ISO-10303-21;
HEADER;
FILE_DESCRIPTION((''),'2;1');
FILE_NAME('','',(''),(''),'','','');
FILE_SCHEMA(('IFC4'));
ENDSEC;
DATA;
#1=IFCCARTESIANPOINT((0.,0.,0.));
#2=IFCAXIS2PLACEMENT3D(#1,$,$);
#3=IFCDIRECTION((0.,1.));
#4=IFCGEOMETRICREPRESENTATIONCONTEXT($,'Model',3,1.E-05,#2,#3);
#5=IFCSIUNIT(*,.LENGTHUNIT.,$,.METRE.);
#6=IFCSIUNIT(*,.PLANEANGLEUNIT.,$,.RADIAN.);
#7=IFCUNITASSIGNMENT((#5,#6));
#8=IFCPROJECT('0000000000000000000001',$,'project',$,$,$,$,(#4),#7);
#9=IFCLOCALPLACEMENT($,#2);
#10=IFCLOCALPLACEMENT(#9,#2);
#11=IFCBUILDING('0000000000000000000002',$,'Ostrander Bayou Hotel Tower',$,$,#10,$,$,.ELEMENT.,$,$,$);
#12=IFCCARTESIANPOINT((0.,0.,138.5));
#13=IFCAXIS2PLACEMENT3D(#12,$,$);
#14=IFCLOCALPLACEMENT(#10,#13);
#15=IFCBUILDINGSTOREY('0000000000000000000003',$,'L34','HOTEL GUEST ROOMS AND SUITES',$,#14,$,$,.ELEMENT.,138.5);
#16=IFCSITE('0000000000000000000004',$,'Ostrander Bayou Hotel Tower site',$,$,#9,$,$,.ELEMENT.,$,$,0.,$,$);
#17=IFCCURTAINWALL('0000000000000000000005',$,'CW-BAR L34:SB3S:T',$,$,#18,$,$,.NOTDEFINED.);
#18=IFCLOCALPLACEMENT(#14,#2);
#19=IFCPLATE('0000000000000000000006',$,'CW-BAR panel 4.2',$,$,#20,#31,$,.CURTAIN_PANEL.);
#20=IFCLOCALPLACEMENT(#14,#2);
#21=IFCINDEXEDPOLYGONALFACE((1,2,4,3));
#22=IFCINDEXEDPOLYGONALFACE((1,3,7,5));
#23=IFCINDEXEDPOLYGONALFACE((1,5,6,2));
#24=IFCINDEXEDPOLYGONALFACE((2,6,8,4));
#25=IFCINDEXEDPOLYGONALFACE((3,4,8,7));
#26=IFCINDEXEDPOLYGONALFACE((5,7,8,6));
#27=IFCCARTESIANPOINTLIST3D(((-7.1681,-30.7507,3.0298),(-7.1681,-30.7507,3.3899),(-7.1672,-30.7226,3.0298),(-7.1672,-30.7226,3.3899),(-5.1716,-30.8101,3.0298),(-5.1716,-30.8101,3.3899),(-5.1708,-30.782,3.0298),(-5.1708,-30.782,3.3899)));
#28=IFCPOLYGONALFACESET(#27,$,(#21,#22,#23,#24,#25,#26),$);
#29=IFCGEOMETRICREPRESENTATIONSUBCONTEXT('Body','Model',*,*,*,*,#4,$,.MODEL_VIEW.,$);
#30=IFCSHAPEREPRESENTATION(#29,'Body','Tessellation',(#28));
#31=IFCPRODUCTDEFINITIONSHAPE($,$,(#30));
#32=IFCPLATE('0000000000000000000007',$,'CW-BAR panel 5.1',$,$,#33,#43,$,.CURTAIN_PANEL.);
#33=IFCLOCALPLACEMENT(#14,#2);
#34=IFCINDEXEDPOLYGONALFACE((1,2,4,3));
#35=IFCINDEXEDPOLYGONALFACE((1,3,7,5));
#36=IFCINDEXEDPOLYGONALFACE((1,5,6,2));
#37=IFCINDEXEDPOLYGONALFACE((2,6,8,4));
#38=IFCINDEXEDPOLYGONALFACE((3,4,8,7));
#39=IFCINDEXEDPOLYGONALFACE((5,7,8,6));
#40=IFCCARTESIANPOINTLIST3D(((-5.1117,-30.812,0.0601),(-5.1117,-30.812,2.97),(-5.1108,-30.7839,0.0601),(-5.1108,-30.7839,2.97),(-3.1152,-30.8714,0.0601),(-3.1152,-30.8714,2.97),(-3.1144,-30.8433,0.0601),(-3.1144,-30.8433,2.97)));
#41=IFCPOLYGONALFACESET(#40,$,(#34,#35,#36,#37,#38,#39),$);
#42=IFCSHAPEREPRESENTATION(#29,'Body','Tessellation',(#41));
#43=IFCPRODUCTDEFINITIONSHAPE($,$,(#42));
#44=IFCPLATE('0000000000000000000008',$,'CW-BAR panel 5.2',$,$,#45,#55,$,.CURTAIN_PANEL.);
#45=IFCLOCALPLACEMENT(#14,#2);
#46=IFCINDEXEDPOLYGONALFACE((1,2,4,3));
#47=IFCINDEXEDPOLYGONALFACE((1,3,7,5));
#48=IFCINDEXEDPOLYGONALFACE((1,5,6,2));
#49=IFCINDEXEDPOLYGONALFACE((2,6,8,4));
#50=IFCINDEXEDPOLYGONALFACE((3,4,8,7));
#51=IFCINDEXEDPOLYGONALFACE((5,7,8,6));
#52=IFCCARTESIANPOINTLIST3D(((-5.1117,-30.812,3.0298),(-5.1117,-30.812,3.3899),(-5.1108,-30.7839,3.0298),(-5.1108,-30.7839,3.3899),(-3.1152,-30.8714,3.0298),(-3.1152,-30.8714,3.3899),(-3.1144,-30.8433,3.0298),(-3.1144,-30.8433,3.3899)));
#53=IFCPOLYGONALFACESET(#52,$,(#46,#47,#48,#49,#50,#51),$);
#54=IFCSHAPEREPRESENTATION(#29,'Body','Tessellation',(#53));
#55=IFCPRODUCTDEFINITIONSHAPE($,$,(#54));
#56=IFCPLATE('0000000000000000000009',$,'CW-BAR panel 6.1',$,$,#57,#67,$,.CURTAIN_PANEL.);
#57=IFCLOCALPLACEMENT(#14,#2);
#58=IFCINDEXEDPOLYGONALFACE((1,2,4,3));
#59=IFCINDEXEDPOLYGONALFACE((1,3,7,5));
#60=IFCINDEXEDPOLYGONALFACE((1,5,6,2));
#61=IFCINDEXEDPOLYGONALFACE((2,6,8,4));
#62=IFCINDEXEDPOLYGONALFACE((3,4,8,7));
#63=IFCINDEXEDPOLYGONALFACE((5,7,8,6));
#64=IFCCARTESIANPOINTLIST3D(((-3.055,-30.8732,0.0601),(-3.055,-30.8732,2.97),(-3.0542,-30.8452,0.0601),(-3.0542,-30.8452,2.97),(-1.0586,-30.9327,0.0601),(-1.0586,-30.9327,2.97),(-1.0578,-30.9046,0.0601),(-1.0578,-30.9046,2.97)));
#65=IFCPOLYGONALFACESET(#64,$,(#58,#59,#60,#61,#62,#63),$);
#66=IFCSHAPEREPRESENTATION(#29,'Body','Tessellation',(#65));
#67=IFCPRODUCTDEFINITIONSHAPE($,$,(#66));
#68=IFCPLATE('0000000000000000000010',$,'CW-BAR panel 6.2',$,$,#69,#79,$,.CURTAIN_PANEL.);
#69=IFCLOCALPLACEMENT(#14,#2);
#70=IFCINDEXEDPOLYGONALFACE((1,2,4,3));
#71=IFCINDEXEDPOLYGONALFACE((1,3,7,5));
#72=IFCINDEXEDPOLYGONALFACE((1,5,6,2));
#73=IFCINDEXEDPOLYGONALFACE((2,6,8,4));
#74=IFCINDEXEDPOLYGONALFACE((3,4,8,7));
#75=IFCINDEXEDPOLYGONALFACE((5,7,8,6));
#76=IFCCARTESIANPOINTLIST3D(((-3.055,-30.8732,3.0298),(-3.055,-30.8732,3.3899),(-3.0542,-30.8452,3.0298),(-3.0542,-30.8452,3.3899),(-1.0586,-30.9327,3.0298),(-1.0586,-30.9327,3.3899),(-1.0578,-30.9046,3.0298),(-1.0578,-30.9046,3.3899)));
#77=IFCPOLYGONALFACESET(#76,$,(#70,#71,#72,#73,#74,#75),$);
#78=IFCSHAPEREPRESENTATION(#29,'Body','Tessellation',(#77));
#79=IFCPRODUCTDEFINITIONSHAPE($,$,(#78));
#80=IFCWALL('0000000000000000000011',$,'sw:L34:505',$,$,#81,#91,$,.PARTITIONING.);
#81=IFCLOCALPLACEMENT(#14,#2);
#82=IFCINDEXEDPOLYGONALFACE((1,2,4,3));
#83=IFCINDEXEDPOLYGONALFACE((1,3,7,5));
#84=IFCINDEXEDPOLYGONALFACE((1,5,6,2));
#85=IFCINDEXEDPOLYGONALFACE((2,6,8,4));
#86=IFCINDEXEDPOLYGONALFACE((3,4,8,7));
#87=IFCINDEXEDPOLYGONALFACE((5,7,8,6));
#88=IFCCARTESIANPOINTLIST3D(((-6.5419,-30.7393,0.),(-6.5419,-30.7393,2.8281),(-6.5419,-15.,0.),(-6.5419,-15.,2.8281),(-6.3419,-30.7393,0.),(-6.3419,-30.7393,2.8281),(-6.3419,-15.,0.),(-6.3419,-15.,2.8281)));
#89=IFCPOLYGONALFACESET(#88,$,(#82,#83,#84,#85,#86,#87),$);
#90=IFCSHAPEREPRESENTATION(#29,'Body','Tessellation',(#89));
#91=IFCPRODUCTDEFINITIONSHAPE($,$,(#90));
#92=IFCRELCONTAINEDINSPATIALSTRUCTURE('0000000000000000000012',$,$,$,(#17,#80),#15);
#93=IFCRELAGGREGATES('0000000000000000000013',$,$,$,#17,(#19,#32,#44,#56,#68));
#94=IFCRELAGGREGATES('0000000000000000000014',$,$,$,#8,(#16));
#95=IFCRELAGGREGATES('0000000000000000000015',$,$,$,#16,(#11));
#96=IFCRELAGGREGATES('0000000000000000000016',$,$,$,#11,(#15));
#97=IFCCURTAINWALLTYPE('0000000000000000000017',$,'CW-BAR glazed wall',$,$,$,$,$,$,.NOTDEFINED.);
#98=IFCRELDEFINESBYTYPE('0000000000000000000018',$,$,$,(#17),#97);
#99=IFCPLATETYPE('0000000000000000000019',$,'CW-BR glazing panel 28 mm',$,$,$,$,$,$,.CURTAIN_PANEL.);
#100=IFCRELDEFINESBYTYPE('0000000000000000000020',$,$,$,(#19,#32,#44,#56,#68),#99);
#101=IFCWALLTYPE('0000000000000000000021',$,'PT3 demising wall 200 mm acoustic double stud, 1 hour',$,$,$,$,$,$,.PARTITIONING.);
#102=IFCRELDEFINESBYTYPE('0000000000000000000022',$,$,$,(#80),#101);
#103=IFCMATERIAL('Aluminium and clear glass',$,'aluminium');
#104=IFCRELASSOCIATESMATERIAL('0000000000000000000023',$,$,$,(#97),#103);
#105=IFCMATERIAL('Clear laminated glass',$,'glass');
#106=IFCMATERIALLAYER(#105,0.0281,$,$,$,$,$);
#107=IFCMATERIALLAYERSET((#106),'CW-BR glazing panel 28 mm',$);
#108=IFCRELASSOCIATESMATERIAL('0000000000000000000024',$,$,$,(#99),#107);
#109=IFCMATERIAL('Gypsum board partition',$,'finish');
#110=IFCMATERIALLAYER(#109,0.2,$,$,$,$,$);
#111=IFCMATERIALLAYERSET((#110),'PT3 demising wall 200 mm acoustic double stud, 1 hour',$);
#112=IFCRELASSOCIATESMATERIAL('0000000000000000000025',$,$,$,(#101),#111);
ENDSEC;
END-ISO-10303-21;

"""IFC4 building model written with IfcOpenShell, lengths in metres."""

from ifc_helpers import new_model, si_unit, direction, frame, frame_2d, origin, origin_2d, place, context, subcontext, project, spatial, rectangle, extrude, material, layer, layer_set, type_object, element, aggregate, save


model = new_model("IFC4")

# Units and contexts
model_context = context("Model", 3, precision=1e-05, world=origin(), true_north=direction((0.0, 1.0)))
body_context = subcontext(model_context, "Body", "Model", "MODEL_VIEW")
ifc_project = project(units=[si_unit("LENGTHUNIT", "METRE"), si_unit("PLANEANGLEUNIT", "RADIAN")], contexts=[model_context])

# Site, building, storey
site_placement = place(None, origin())
site = spatial("IfcSite", under=ifc_project, at=site_placement, Name="Ostrander Bayou Hotel Tower site", CompositionType="ELEMENT", RefElevation=0.0)
building_placement = place(site_placement, origin())
building = spatial("IfcBuilding", under=site, at=building_placement, Name="Ostrander Bayou Hotel Tower", CompositionType="ELEMENT")
storey_placement = place(building_placement, frame((0.0, 0.0, 138.5)))
storey = spatial("IfcBuildingStorey", under=building, at=storey_placement, Name="L34", Description="HOTEL GUEST ROOMS AND SUITES", CompositionType="ELEMENT", Elevation=138.5)

# Curtain wall
ifc_material_1 = material(Name="Aluminium and clear glass", Category="aluminium")
curtain_wall_type = type_object("IfcCurtainWallType", Name="CW-BAR glazed wall", PredefinedType="NOTDEFINED", material=ifc_material_1)
curtain_wall_placement = place(storey_placement, origin())
curtain_wall = element("IfcCurtainWall", 1, at=curtain_wall_placement, inside=storey, type_object=curtain_wall_type, Name="CW-BAR L34:SB3S:T", PredefinedType="NOTDEFINED")

# Plates
ifc_material_2 = material(Name="Clear laminated glass", Category="glass")
ifc_layer_1 = layer(ifc_material_2, 0.0281)
ifc_layer_set_1 = layer_set([ifc_layer_1], Name="CW-BR glazing panel 28 mm")
plate_type = type_object("IfcPlateType", Name="CW-BR glazing panel 28 mm", PredefinedType="CURTAIN_PANEL", material=ifc_layer_set_1)
plate_1_placement = place(storey_placement, frame((-6.1694, -30.7664, 3.0298), z_axis=(0.0, 0.0, 1.0), x_axis=(0.999557, -0.029746, 0.0)))
plate_1 = element("IfcPlate", 2, at=plate_1_placement, type_object=plate_type, Name="CW-BAR panel 4.2", PredefinedType="CURTAIN_PANEL", context=body_context, shape_type="SweptSolid", body=[
    extrude(rectangle(XDim=1.9973, YDim=0.0281, at=origin_2d()), origin(), (0.0, 0.0, 1.0), 0.3601),
])
plate_2_placement = place(storey_placement, frame((-4.113, -30.8276, 0.0601), z_axis=(0.0, 0.0, 1.0), x_axis=(0.999557, -0.029746, 0.0)))
plate_2 = element("IfcPlate", 3, at=plate_2_placement, type_object=plate_type, Name="CW-BAR panel 5.1", PredefinedType="CURTAIN_PANEL", context=body_context, shape_type="SweptSolid", body=[
    extrude(rectangle(XDim=1.9973, YDim=0.0281, at=origin_2d()), origin(), (0.0, 0.0, 1.0), 2.9099),
])
plate_3_placement = place(storey_placement, frame((-4.113, -30.8276, 3.0298), z_axis=(0.0, 0.0, 1.0), x_axis=(0.999557, -0.029746, 0.0)))
plate_3 = element("IfcPlate", 4, at=plate_3_placement, type_object=plate_type, Name="CW-BAR panel 5.2", PredefinedType="CURTAIN_PANEL", context=body_context, shape_type="SweptSolid", body=[
    extrude(rectangle(XDim=1.9973, YDim=0.0281, at=origin_2d()), origin(), (0.0, 0.0, 1.0), 0.3601),
])
plate_4_placement = place(storey_placement, frame((-2.0564, -30.8889, 0.0601), z_axis=(0.0, 0.0, 1.0), x_axis=(0.999557, -0.029746, 0.0)))
plate_4 = element("IfcPlate", 5, at=plate_4_placement, type_object=plate_type, Name="CW-BAR panel 6.1", PredefinedType="CURTAIN_PANEL", context=body_context, shape_type="SweptSolid", body=[
    extrude(rectangle(XDim=1.9973, YDim=0.0281, at=origin_2d()), origin(), (0.0, 0.0, 1.0), 2.9099),
])
plate_5_placement = place(storey_placement, frame((-2.0564, -30.8889, 3.0298), z_axis=(0.0, 0.0, 1.0), x_axis=(0.999557, -0.029746, 0.0)))
plate_5 = element("IfcPlate", 6, at=plate_5_placement, type_object=plate_type, Name="CW-BAR panel 6.2", PredefinedType="CURTAIN_PANEL", context=body_context, shape_type="SweptSolid", body=[
    extrude(rectangle(XDim=1.9973, YDim=0.0281, at=origin_2d()), origin(), (0.0, 0.0, 1.0), 0.3601),
])
aggregate(curtain_wall, [plate_1, plate_2, plate_3, plate_4, plate_5])

# Wall
ifc_material_3 = material(Name="Gypsum board partition", Category="finish")
ifc_layer_2 = layer(ifc_material_3, 0.2)
ifc_layer_set_2 = layer_set([ifc_layer_2], Name="PT3 demising wall 200 mm acoustic double stud, 1 hour")
wall_type = type_object("IfcWallType", Name="PT3 demising wall 200 mm acoustic double stud, 1 hour", PredefinedType="PARTITIONING", material=ifc_layer_set_2)
wall_placement = place(storey_placement, frame((-6.4419, -30.7393, 0.0), z_axis=(0.0, 0.0, 1.0), x_axis=(0.0, 1.0, 0.0)))
element("IfcWall", 7, at=wall_placement, inside=storey, type_object=wall_type, Name="sw:L34:505", PredefinedType="PARTITIONING", context=body_context, shape_type="SweptSolid", body=[
    extrude(rectangle(XDim=15.7393, YDim=0.2, at=frame_2d((7.8696, 0.0))), origin(), (0.0, 0.0, 1.0), 2.8281),
])

save(model, "model.ifc")
